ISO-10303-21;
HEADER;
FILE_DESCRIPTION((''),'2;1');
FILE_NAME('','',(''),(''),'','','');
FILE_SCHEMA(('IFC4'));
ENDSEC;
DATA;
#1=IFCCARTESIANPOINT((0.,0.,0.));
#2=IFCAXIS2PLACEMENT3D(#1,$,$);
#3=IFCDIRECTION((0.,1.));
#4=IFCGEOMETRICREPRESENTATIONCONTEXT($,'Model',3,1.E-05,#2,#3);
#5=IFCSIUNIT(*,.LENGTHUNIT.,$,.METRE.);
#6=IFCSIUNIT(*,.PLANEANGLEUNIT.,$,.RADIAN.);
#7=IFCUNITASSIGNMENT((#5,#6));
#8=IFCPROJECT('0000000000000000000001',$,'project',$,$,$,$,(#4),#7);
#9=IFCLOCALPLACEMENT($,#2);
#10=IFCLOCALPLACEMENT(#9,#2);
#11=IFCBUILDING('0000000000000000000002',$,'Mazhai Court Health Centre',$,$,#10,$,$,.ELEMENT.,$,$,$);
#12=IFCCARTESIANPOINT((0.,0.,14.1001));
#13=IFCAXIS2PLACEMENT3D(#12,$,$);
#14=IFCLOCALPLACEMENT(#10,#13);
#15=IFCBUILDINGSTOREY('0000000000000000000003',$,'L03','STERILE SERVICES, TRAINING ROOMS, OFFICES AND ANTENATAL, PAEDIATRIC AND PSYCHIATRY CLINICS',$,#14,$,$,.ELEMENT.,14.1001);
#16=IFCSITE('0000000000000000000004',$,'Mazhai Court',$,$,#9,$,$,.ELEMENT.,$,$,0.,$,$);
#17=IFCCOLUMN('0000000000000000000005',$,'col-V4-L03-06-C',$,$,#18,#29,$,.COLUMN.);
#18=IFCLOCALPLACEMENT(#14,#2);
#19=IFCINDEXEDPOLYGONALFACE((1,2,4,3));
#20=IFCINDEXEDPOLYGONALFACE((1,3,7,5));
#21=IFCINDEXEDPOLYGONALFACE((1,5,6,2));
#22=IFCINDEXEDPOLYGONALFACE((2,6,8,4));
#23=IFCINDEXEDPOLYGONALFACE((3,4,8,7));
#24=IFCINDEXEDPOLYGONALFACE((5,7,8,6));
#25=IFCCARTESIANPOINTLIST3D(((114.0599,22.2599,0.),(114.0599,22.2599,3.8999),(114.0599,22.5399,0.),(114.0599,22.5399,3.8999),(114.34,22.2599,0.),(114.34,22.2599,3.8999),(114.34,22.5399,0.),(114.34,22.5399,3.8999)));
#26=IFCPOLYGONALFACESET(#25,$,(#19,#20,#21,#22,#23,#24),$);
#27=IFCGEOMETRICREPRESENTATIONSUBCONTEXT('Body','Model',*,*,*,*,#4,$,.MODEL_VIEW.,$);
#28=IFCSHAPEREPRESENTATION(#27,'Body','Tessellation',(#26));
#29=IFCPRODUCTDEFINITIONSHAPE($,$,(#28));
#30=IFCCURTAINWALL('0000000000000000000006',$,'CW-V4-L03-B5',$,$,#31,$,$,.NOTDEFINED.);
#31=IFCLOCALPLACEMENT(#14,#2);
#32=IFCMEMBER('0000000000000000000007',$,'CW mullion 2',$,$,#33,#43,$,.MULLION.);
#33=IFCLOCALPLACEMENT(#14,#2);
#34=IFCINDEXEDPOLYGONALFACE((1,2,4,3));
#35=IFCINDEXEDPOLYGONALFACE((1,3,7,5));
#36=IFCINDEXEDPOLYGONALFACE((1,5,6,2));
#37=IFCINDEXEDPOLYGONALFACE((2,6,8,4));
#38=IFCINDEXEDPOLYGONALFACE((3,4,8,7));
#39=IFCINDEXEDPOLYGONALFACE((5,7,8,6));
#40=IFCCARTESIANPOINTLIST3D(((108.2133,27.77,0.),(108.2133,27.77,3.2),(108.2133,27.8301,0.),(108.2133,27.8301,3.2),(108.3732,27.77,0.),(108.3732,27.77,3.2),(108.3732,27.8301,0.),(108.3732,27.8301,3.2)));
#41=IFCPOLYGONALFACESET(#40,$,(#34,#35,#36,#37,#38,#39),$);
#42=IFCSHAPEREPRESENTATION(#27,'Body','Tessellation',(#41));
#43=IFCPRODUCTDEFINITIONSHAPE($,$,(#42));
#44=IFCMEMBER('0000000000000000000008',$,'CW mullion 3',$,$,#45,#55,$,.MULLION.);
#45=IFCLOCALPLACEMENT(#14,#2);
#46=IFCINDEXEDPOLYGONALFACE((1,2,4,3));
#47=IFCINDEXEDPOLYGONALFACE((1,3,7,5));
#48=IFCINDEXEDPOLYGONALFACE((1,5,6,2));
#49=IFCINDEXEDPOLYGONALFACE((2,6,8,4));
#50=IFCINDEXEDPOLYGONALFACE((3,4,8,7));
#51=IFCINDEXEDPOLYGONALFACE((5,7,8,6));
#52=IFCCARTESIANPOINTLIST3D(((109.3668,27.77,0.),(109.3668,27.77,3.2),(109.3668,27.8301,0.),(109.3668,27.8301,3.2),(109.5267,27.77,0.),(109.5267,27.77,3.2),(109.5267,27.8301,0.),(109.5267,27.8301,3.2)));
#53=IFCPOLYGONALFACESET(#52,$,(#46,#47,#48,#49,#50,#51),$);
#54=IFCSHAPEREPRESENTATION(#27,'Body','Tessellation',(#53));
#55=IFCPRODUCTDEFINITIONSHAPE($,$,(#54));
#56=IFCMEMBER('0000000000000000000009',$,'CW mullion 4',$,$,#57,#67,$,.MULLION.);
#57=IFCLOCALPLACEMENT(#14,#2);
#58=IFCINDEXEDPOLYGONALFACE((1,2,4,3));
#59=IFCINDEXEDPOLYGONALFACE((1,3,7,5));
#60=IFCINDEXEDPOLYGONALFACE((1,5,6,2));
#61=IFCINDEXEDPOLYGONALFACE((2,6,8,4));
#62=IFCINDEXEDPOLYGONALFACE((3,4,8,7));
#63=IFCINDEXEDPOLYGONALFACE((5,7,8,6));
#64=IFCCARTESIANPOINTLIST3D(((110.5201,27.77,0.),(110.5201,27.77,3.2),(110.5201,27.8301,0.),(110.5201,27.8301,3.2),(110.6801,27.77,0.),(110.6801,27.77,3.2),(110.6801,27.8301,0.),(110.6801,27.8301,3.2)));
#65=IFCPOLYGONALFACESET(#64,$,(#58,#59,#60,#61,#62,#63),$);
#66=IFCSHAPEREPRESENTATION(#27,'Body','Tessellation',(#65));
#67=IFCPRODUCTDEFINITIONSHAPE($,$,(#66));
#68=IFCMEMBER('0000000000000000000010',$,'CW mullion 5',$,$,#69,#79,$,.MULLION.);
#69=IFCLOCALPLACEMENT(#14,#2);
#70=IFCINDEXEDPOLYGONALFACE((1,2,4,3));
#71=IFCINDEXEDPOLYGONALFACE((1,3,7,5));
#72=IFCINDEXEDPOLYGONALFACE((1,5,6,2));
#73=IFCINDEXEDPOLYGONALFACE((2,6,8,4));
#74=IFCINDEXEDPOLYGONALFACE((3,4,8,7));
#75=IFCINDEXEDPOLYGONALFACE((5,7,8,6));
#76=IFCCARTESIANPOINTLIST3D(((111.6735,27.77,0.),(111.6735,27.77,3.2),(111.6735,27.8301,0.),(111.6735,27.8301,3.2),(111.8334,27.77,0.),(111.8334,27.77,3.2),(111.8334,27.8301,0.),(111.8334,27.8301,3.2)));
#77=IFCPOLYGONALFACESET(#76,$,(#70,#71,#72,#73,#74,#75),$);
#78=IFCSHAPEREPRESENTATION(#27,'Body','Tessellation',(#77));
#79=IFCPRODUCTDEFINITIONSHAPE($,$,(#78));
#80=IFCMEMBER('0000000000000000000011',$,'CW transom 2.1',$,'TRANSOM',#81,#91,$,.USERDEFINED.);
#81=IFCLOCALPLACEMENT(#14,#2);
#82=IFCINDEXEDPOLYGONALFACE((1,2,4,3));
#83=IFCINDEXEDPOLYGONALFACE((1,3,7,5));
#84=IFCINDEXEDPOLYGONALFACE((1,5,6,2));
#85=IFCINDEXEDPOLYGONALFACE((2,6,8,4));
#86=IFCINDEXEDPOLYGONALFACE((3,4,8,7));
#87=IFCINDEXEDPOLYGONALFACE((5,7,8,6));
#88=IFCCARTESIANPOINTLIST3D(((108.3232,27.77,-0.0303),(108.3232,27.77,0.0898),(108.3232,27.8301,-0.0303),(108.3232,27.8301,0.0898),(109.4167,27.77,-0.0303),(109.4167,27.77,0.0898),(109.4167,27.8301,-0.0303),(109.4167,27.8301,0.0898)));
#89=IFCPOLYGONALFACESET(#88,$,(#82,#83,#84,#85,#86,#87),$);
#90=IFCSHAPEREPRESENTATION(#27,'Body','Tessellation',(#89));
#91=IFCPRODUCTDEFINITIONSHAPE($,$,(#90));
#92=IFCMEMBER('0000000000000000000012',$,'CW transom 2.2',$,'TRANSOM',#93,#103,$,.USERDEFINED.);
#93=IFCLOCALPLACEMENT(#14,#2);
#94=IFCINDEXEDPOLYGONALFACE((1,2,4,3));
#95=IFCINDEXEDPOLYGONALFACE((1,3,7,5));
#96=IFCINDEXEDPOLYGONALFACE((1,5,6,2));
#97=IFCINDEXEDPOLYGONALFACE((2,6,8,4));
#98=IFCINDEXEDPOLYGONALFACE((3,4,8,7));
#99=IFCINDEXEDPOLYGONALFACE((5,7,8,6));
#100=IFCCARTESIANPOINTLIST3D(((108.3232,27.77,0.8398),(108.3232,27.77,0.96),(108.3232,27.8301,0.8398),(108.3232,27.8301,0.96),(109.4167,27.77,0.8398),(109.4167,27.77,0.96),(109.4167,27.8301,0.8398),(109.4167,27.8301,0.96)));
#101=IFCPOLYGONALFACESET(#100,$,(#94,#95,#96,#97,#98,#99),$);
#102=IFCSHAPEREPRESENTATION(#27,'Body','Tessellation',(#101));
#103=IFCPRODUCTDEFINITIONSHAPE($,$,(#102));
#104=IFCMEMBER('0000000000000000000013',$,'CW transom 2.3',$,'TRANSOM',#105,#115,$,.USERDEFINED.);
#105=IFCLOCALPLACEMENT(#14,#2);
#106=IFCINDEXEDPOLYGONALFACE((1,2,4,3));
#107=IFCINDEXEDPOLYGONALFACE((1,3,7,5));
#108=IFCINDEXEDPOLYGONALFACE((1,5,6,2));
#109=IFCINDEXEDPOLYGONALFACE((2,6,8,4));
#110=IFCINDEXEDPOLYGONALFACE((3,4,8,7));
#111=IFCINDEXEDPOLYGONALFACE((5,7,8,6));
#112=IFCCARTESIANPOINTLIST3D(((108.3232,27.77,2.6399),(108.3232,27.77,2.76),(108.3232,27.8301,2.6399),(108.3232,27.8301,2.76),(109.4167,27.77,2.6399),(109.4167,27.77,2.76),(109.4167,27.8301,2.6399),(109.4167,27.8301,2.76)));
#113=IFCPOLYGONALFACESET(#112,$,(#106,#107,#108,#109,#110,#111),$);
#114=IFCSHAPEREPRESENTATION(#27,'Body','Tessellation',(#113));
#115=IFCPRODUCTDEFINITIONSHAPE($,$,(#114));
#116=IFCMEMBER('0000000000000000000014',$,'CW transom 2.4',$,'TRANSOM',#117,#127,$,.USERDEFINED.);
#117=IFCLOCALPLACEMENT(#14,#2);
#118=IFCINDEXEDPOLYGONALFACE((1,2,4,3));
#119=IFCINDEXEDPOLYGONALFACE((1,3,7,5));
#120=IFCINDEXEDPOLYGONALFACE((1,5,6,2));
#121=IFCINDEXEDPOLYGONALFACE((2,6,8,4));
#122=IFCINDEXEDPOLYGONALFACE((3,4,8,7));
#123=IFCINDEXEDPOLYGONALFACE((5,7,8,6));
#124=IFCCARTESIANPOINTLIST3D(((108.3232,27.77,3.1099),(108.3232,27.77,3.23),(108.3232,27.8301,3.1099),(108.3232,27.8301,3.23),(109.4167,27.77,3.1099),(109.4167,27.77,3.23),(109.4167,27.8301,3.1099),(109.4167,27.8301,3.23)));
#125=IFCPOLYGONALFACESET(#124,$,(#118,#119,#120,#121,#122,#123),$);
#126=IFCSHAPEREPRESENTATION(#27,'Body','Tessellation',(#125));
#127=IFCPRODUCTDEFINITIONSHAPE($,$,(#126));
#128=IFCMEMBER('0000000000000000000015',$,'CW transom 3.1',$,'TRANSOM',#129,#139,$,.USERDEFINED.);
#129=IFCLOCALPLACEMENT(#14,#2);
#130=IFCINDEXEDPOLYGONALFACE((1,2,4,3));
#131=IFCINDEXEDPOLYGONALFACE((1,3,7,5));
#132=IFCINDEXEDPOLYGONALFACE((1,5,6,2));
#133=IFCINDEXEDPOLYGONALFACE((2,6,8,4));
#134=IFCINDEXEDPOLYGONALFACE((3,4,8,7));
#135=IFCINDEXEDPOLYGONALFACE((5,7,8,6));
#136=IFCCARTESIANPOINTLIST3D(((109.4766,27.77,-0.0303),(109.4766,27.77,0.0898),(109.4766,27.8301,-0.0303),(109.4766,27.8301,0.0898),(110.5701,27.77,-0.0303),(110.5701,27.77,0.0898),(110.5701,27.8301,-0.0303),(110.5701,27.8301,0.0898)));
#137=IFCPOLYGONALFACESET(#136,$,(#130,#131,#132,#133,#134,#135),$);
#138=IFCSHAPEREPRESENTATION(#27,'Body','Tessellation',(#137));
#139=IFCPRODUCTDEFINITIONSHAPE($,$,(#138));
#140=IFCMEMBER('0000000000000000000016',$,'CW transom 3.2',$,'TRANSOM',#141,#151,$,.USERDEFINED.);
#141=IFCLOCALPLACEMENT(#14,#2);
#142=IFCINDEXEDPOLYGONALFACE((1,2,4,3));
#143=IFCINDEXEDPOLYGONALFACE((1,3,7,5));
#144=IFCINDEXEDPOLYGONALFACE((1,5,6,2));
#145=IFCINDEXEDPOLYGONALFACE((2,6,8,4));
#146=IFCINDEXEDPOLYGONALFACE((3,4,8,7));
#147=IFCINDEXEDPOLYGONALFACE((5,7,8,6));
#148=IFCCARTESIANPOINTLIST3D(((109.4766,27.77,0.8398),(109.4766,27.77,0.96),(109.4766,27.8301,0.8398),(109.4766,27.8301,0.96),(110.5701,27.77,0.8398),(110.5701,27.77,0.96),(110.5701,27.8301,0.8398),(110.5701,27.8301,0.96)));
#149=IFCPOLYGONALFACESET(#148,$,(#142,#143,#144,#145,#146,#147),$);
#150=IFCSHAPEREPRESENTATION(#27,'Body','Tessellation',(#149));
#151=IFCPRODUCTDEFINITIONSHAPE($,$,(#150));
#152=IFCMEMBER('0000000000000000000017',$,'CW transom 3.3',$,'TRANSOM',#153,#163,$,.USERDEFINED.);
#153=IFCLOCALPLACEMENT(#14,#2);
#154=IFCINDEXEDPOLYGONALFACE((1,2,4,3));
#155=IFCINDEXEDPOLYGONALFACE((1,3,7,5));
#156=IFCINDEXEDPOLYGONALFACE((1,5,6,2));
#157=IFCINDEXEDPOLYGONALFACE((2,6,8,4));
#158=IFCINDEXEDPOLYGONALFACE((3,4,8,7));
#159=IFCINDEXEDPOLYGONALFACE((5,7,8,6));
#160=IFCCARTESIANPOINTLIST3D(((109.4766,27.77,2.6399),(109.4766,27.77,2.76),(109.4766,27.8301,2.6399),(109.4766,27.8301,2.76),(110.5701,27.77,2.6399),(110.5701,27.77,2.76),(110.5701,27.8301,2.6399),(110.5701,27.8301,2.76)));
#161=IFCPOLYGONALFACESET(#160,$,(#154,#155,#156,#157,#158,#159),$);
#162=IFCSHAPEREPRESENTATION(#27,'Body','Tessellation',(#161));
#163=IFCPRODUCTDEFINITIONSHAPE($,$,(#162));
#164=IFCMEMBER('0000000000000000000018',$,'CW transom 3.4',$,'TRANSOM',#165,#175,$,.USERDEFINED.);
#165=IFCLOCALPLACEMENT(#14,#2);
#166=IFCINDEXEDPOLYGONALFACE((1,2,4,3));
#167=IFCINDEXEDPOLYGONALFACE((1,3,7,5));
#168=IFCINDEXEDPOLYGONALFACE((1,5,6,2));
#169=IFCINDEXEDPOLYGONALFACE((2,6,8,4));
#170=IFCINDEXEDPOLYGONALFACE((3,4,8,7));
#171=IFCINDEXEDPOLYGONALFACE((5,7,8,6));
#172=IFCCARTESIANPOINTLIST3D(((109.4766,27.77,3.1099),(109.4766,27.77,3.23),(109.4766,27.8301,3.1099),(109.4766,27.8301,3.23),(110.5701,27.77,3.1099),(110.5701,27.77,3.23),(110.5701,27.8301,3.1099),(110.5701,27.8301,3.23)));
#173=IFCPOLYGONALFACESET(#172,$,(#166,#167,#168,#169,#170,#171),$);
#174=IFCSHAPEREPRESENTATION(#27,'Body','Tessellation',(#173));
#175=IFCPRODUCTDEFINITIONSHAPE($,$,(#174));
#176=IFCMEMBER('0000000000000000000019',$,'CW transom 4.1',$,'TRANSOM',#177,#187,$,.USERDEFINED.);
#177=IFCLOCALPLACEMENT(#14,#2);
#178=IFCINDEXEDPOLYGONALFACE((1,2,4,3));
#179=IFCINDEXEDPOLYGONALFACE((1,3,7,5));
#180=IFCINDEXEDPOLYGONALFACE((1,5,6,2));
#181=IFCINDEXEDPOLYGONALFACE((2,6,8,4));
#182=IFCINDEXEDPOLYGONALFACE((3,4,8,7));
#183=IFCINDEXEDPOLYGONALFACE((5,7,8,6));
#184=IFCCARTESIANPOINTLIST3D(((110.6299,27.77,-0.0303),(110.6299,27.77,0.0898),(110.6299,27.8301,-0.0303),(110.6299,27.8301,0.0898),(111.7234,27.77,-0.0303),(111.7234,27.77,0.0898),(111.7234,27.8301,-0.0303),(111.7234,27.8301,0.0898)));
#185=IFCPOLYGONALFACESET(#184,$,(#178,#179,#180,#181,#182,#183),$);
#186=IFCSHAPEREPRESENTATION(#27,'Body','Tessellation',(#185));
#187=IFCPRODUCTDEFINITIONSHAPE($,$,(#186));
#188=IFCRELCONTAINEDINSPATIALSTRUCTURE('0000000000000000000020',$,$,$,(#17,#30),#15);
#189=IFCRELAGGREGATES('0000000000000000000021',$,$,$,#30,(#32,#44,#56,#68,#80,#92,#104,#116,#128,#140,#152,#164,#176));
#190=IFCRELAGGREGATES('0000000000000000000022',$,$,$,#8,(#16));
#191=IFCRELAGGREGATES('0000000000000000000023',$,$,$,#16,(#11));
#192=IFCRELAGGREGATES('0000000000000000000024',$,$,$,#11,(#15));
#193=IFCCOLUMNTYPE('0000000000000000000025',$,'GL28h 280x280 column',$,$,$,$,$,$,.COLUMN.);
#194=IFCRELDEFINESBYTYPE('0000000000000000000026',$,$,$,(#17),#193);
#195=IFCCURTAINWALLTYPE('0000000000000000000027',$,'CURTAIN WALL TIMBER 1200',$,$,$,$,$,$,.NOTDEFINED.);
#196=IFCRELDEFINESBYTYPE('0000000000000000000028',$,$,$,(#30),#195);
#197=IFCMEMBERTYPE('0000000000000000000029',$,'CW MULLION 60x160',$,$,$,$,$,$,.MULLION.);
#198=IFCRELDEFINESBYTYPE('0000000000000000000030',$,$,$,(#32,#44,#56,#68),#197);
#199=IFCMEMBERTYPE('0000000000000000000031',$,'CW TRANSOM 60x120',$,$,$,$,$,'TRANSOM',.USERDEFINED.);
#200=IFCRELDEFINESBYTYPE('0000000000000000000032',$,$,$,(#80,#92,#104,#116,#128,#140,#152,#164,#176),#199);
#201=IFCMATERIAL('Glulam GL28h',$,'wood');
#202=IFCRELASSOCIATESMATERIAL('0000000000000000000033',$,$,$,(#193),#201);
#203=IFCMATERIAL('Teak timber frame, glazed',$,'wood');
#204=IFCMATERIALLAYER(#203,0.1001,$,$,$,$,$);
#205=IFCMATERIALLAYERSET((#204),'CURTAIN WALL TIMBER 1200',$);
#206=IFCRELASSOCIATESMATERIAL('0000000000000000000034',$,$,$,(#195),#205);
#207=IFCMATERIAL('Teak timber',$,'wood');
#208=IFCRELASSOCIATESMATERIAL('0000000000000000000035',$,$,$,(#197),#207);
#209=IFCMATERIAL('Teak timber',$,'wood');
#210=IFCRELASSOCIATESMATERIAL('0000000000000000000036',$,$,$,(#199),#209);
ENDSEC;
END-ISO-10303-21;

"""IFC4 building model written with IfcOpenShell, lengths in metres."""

from ifc_helpers import new_model, si_unit, direction, frame, origin, origin_2d, place, context, subcontext, project, spatial, rectangle, extrude, material, layer, layer_set, material_profile, profile_set, type_object, element, aggregate, save


model = new_model("IFC4")

# Units and contexts
model_context = context("Model", 3, precision=1e-05, world=origin(), true_north=direction((0.0, 1.0)))
body_context = subcontext(model_context, "Body", "Model", "MODEL_VIEW")
ifc_project = project(units=[si_unit("LENGTHUNIT", "METRE"), si_unit("PLANEANGLEUNIT", "RADIAN")], contexts=[model_context])

# Site, building, storey
site_placement = place(None, origin())
site = spatial("IfcSite", under=ifc_project, at=site_placement, Name="Mazhai Court", CompositionType="ELEMENT", RefElevation=0.0)
building_placement = place(site_placement, origin())
building = spatial("IfcBuilding", under=site, at=building_placement, Name="Mazhai Court Health Centre", CompositionType="ELEMENT")
storey_placement = place(building_placement, frame((0.0, 0.0, 14.1001)))
storey = spatial("IfcBuildingStorey", under=building, at=storey_placement, Name="L03", Description="STERILE SERVICES, TRAINING ROOMS, OFFICES AND ANTENATAL, PAEDIATRIC AND PSYCHIATRY CLINICS", CompositionType="ELEMENT", Elevation=14.1001)

# Column
ifc_material_1 = material(Name="Glulam GL28h", Category="wood")
ifc_material_profile_1 = material_profile(ifc_material_1, rectangle(XDim=0.28, YDim=0.28, at=origin_2d()), Name="GL28h 280x280")
ifc_profile_set_1 = profile_set([ifc_material_profile_1], Name="Glulam GL28h")
column_type = type_object("IfcColumnType", Name="GL28h 280x280 column", PredefinedType="COLUMN", material=ifc_profile_set_1)
column_placement = place(storey_placement, frame((114.2, 22.3999, 0.0), z_axis=(0.0, 0.0, 1.0), x_axis=(1.0, 0.0, 0.0)))
element("IfcColumn", 1, at=column_placement, inside=storey, type_object=column_type, Name="col-V4-L03-06-C", PredefinedType="COLUMN", context=body_context, shape_type="SweptSolid", body=[
    extrude(rectangle(XDim=0.28, YDim=0.28, at=origin_2d()), origin(), (0.0, 0.0, 1.0), 3.8999),
])

# Curtain wall, members
ifc_material_2 = material(Name="Teak timber frame, glazed", Category="wood")
ifc_layer_1 = layer(ifc_material_2, 0.1001)
ifc_layer_set_1 = layer_set([ifc_layer_1], Name="CURTAIN WALL TIMBER 1200")
curtain_wall_type = type_object("IfcCurtainWallType", Name="CURTAIN WALL TIMBER 1200", PredefinedType="NOTDEFINED", material=ifc_layer_set_1)
curtain_wall_placement = place(storey_placement, origin())
curtain_wall = element("IfcCurtainWall", 2, at=curtain_wall_placement, inside=storey, type_object=curtain_wall_type, Name="CW-V4-L03-B5", PredefinedType="NOTDEFINED")
ifc_material_3 = material(Name="Teak timber", Category="wood")
ifc_material_profile_2 = material_profile(ifc_material_3, rectangle(XDim=0.0601, YDim=0.1599, at=origin_2d()), Name="CW MULLION 60x160")
ifc_profile_set_2 = profile_set([ifc_material_profile_2], Name="Teak timber")
member_type_1 = type_object("IfcMemberType", Name="CW MULLION 60x160", PredefinedType="MULLION", material=ifc_profile_set_2)
member_1_placement = place(storey_placement, frame((108.2932, 27.8, 0.0), z_axis=(0.0, 0.0, 1.0), x_axis=(0.0, 1.0, 0.0)))
member_1 = element("IfcMember", 3, at=member_1_placement, type_object=member_type_1, Name="CW mullion 2", PredefinedType="MULLION", context=body_context, shape_type="SweptSolid", body=[
    extrude(rectangle(XDim=0.0601, YDim=0.1599, at=origin_2d()), origin(), (0.0, 0.0, 1.0), 3.2),
])
member_2_placement = place(storey_placement, frame((109.4468, 27.8, 0.0), z_axis=(0.0, 0.0, 1.0), x_axis=(0.0, 1.0, 0.0)))
member_2 = element("IfcMember", 4, at=member_2_placement, type_object=member_type_1, Name="CW mullion 3", PredefinedType="MULLION", context=body_context, shape_type="SweptSolid", body=[
    extrude(rectangle(XDim=0.0601, YDim=0.1599, at=origin_2d()), origin(), (0.0, 0.0, 1.0), 3.2),
])
member_3_placement = place(storey_placement, frame((110.6001, 27.8, 0.0), z_axis=(0.0, 0.0, 1.0), x_axis=(0.0, 1.0, 0.0)))
member_3 = element("IfcMember", 5, at=member_3_placement, type_object=member_type_1, Name="CW mullion 4", PredefinedType="MULLION", context=body_context, shape_type="SweptSolid", body=[
    extrude(rectangle(XDim=0.0601, YDim=0.1599, at=origin_2d()), origin(), (0.0, 0.0, 1.0), 3.2),
])
member_4_placement = place(storey_placement, frame((111.7534, 27.8, 0.0), z_axis=(0.0, 0.0, 1.0), x_axis=(0.0, 1.0, 0.0)))
member_4 = element("IfcMember", 6, at=member_4_placement, type_object=member_type_1, Name="CW mullion 5", PredefinedType="MULLION", context=body_context, shape_type="SweptSolid", body=[
    extrude(rectangle(XDim=0.0601, YDim=0.1599, at=origin_2d()), origin(), (0.0, 0.0, 1.0), 3.2),
])
ifc_material_4 = material(Name="Teak timber", Category="wood")
ifc_material_profile_3 = material_profile(ifc_material_4, rectangle(XDim=0.0601, YDim=0.1201, at=origin_2d()), Name="CW TRANSOM 60x120")
ifc_profile_set_3 = profile_set([ifc_material_profile_3], Name="Teak timber")
member_type_2 = type_object("IfcMemberType", Name="CW TRANSOM 60x120", ElementType="TRANSOM", PredefinedType="USERDEFINED", material=ifc_profile_set_3)
member_5_placement = place(storey_placement, frame((108.3232, 27.8, 0.0298), z_axis=(1.0, 0.0, 0.0), x_axis=(0.0, 1.0, 0.0)))
member_5 = element("IfcMember", 7, at=member_5_placement, type_object=member_type_2, Name="CW transom 2.1", ObjectType="TRANSOM", PredefinedType="USERDEFINED", context=body_context, shape_type="SweptSolid", body=[
    extrude(rectangle(XDim=0.0601, YDim=0.1201, at=origin_2d()), origin(), (0.0, 0.0, 1.0), 1.0935),
])
member_6_placement = place(storey_placement, frame((108.3232, 27.8, 0.8999), z_axis=(1.0, 0.0, 0.0), x_axis=(0.0, 1.0, 0.0)))
member_6 = element("IfcMember", 8, at=member_6_placement, type_object=member_type_2, Name="CW transom 2.2", ObjectType="TRANSOM", PredefinedType="USERDEFINED", context=body_context, shape_type="SweptSolid", body=[
    extrude(rectangle(XDim=0.0601, YDim=0.1201, at=origin_2d()), origin(), (0.0, 0.0, 1.0), 1.0935),
])
member_7_placement = place(storey_placement, frame((108.3232, 27.8, 2.7), z_axis=(1.0, 0.0, 0.0), x_axis=(0.0, 1.0, 0.0)))
member_7 = element("IfcMember", 9, at=member_7_placement, type_object=member_type_2, Name="CW transom 2.3", ObjectType="TRANSOM", PredefinedType="USERDEFINED", context=body_context, shape_type="SweptSolid", body=[
    extrude(rectangle(XDim=0.0601, YDim=0.1201, at=origin_2d()), origin(), (0.0, 0.0, 1.0), 1.0935),
])
member_8_placement = place(storey_placement, frame((108.3232, 27.8, 3.1699), z_axis=(1.0, 0.0, 0.0), x_axis=(0.0, 1.0, 0.0)))
member_8 = element("IfcMember", 10, at=member_8_placement, type_object=member_type_2, Name="CW transom 2.4", ObjectType="TRANSOM", PredefinedType="USERDEFINED", context=body_context, shape_type="SweptSolid", body=[
    extrude(rectangle(XDim=0.0601, YDim=0.1201, at=origin_2d()), origin(), (0.0, 0.0, 1.0), 1.0935),
])
member_9_placement = place(storey_placement, frame((109.4766, 27.8, 0.0298), z_axis=(1.0, 0.0, 0.0), x_axis=(0.0, 1.0, 0.0)))
member_9 = element("IfcMember", 11, at=member_9_placement, type_object=member_type_2, Name="CW transom 3.1", ObjectType="TRANSOM", PredefinedType="USERDEFINED", context=body_context, shape_type="SweptSolid", body=[
    extrude(rectangle(XDim=0.0601, YDim=0.1201, at=origin_2d()), origin(), (0.0, 0.0, 1.0), 1.0935),
])
member_10_placement = place(storey_placement, frame((109.4766, 27.8, 0.8999), z_axis=(1.0, 0.0, 0.0), x_axis=(0.0, 1.0, 0.0)))
member_10 = element("IfcMember", 12, at=member_10_placement, type_object=member_type_2, Name="CW transom 3.2", ObjectType="TRANSOM", PredefinedType="USERDEFINED", context=body_context, shape_type="SweptSolid", body=[
    extrude(rectangle(XDim=0.0601, YDim=0.1201, at=origin_2d()), origin(), (0.0, 0.0, 1.0), 1.0935),
])
member_11_placement = place(storey_placement, frame((109.4766, 27.8, 2.7), z_axis=(1.0, 0.0, 0.0), x_axis=(0.0, 1.0, 0.0)))
member_11 = element("IfcMember", 13, at=member_11_placement, type_object=member_type_2, Name="CW transom 3.3", ObjectType="TRANSOM", PredefinedType="USERDEFINED", context=body_context, shape_type="SweptSolid", body=[
    extrude(rectangle(XDim=0.0601, YDim=0.1201, at=origin_2d()), origin(), (0.0, 0.0, 1.0), 1.0935),
])
member_12_placement = place(storey_placement, frame((109.4766, 27.8, 3.1699), z_axis=(1.0, 0.0, 0.0), x_axis=(0.0, 1.0, 0.0)))
member_12 = element("IfcMember", 14, at=member_12_placement, type_object=member_type_2, Name="CW transom 3.4", ObjectType="TRANSOM", PredefinedType="USERDEFINED", context=body_context, shape_type="SweptSolid", body=[
    extrude(rectangle(XDim=0.0601, YDim=0.1201, at=origin_2d()), origin(), (0.0, 0.0, 1.0), 1.0935),
])
member_13_placement = place(storey_placement, frame((110.6299, 27.8, 0.0298), z_axis=(1.0, 0.0, 0.0), x_axis=(0.0, 1.0, 0.0)))
member_13 = element("IfcMember", 15, at=member_13_placement, type_object=member_type_2, Name="CW transom 4.1", ObjectType="TRANSOM", PredefinedType="USERDEFINED", context=body_context, shape_type="SweptSolid", body=[
    extrude(rectangle(XDim=0.0601, YDim=0.1201, at=origin_2d()), origin(), (0.0, 0.0, 1.0), 1.0935),
])

aggregate(curtain_wall, [member_1, member_2, member_3, member_4, member_5, member_6, member_7, member_8, member_9, member_10, member_11, member_12, member_13])

save(model, "model.ifc")
